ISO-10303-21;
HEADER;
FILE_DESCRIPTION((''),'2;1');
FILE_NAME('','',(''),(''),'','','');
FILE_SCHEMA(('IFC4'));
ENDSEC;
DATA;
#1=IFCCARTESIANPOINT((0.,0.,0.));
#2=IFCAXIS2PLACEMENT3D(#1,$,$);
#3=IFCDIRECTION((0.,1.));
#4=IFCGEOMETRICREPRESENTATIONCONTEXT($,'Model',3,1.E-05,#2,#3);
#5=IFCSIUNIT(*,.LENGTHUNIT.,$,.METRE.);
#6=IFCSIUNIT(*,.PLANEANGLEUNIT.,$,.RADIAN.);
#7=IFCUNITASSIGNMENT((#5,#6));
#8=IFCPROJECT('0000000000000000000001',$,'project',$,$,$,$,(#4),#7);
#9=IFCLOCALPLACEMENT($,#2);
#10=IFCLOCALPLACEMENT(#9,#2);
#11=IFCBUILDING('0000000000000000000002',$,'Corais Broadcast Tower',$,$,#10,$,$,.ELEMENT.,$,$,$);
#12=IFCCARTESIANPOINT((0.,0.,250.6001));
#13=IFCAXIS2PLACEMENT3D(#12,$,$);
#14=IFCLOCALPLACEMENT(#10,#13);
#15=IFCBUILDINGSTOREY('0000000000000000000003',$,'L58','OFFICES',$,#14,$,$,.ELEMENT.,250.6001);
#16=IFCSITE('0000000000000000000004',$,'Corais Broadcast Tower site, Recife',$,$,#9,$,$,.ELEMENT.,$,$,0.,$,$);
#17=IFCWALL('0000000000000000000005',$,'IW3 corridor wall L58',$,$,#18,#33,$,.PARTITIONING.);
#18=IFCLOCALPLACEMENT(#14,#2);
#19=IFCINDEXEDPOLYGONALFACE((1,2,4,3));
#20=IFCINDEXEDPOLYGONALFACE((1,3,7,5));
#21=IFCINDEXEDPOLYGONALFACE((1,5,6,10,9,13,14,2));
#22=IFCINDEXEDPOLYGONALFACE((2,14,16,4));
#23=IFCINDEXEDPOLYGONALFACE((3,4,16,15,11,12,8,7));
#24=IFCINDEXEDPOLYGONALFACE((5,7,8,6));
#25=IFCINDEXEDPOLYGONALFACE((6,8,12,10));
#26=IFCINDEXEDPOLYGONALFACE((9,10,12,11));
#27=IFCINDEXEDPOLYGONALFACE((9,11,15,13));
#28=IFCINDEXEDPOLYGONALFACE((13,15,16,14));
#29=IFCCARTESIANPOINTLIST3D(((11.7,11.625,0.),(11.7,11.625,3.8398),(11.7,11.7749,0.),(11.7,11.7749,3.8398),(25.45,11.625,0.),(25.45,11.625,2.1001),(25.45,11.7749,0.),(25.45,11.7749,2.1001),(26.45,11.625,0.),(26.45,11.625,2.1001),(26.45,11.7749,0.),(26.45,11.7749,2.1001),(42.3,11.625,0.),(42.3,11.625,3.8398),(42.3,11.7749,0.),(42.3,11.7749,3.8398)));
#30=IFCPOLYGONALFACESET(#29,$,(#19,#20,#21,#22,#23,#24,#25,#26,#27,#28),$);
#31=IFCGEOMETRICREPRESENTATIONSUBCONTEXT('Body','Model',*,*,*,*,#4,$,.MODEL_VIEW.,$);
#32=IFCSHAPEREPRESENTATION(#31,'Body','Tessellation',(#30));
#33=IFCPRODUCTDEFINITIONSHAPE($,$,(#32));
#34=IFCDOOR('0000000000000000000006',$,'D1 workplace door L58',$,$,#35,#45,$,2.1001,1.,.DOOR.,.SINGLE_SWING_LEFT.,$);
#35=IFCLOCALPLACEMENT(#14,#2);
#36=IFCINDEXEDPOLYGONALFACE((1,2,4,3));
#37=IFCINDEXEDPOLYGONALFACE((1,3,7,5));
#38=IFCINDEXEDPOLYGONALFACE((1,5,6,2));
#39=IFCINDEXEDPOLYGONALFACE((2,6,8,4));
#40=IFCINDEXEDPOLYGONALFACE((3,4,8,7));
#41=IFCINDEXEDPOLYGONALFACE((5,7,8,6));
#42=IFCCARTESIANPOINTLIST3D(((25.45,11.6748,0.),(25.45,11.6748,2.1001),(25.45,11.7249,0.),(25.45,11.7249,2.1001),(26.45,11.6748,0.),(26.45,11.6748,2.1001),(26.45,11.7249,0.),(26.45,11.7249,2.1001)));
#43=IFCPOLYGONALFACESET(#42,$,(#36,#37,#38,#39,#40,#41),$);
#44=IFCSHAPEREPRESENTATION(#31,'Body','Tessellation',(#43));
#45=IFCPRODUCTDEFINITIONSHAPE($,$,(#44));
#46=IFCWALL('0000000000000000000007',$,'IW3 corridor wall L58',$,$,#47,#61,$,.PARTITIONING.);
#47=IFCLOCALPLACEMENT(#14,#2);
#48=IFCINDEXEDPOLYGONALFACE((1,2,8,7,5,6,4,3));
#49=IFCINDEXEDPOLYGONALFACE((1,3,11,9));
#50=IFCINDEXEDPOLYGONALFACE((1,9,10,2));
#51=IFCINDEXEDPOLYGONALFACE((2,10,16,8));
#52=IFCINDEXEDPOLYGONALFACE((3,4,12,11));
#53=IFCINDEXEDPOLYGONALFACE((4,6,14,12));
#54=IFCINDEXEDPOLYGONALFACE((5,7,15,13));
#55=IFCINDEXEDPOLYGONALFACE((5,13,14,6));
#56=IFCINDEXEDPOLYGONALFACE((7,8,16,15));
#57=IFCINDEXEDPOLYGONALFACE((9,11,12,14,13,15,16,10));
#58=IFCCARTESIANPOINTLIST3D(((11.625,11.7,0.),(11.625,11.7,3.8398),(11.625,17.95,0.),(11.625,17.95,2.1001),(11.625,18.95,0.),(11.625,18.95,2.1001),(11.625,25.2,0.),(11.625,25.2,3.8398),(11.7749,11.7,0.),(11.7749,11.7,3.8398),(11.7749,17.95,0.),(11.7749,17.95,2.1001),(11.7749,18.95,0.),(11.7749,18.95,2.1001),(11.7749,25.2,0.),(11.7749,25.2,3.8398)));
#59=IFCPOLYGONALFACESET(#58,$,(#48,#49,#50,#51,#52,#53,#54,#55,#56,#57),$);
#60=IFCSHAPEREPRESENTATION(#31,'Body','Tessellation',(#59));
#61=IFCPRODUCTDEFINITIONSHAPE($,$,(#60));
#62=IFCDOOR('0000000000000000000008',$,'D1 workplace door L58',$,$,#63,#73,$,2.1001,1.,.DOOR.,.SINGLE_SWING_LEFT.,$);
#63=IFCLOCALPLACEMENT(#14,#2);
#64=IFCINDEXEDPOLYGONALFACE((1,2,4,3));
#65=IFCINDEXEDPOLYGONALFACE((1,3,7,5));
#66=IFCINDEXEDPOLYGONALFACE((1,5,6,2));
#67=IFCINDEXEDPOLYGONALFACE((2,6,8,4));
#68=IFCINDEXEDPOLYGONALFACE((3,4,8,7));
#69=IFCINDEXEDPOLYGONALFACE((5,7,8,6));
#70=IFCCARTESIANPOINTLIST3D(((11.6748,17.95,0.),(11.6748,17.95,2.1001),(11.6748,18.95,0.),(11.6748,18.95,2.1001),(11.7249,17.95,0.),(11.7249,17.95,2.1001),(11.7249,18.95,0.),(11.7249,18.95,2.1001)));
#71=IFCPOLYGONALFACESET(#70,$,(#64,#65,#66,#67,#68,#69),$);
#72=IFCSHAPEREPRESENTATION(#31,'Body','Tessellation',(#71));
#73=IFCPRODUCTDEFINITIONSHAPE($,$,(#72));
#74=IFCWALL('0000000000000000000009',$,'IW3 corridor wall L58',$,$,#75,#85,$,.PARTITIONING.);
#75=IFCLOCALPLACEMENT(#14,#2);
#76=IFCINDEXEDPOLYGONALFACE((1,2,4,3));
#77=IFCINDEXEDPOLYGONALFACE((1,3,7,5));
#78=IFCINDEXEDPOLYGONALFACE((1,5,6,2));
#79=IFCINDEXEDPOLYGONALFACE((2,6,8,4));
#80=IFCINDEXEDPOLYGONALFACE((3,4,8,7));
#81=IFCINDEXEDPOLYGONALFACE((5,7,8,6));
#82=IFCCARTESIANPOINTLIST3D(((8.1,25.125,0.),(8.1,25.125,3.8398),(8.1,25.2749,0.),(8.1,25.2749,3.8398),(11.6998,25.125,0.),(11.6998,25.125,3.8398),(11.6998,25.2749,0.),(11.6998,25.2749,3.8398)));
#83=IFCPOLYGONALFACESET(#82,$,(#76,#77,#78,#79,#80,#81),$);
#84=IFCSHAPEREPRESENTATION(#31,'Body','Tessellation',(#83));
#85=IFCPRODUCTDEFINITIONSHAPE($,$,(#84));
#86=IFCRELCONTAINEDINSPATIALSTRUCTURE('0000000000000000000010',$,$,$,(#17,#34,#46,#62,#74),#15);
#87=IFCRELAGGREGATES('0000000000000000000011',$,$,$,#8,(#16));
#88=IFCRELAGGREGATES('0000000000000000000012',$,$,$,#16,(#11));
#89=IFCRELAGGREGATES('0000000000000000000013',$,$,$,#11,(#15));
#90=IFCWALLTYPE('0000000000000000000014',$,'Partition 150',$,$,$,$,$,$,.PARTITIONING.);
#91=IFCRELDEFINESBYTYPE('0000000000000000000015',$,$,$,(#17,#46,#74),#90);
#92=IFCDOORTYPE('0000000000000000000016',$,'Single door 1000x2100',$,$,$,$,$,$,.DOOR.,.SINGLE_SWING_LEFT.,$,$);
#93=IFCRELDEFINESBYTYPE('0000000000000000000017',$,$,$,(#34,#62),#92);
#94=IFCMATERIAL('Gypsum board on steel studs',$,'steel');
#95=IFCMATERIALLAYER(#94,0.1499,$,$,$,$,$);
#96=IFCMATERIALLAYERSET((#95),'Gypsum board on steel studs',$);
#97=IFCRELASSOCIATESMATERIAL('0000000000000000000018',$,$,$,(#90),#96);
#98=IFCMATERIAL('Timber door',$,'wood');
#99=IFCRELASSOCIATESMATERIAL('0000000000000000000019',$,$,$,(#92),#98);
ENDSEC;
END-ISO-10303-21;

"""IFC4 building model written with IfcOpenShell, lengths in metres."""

from ifc_helpers import new_model, si_unit, direction, frame, frame_2d, origin, place, context, subcontext, project, spatial, rectangle, extrude, material, layer, layer_set, type_object, element, fill, save


model = new_model("IFC4")

# Units and contexts
model_context = context("Model", 3, precision=1e-05, world=origin(), true_north=direction((0.0, 1.0)))
body_context = subcontext(model_context, "Body", "Model", "MODEL_VIEW")
ifc_project = project(units=[si_unit("LENGTHUNIT", "METRE"), si_unit("PLANEANGLEUNIT", "RADIAN")], contexts=[model_context])

# Site, building, storey
site_placement = place(None, origin())
site = spatial("IfcSite", under=ifc_project, at=site_placement, Name="Corais Broadcast Tower site, Recife", CompositionType="ELEMENT", RefElevation=0.0)
building_placement = place(site_placement, origin())
building = spatial("IfcBuilding", under=site, at=building_placement, Name="Corais Broadcast Tower", CompositionType="ELEMENT")
storey_placement = place(building_placement, frame((0.0, 0.0, 250.6001)))
storey = spatial("IfcBuildingStorey", under=building, at=storey_placement, Name="L58", Description="OFFICES", CompositionType="ELEMENT", Elevation=250.6001)

# Walls, openings, doors
ifc_material_1 = material(Name="Gypsum board on steel studs", Category="steel")
ifc_layer_1 = layer(ifc_material_1, 0.1499)
ifc_layer_set_1 = layer_set([ifc_layer_1], Name="Gypsum board on steel studs")
wall_type = type_object("IfcWallType", Name="Partition 150", PredefinedType="PARTITIONING", material=ifc_layer_set_1)
wall_1_placement = place(storey_placement, frame((11.7, 11.7, 0.0), z_axis=(0.0, 0.0, 1.0), x_axis=(1.0, 0.0, 0.0)))
wall_1 = element("IfcWall", 1, at=wall_1_placement, inside=storey, type_object=wall_type, Name="IW3 corridor wall L58", PredefinedType="PARTITIONING", context=body_context, shape_type="SweptSolid", body=[
    extrude(rectangle(XDim=30.6001, YDim=0.1499, at=frame_2d((15.3, 0.0))), origin(), (0.0, 0.0, 1.0), 3.8398),
])
opening_1_placement = place(wall_1_placement, frame((13.75, 0.0, 0.0)))
opening_1 = element("IfcOpeningElement", 2, at=opening_1_placement, cuts=wall_1, PredefinedType="OPENING", context=body_context, shape_type="SweptSolid", body=[
    extrude(rectangle(XDim=1.0, YDim=2.1001, at=frame_2d((0.5, 1.05))), frame((0.0, 0.085, 0.0), z_axis=(0.0, -1.0, 0.0), x_axis=(1.0, 0.0, 0.0)), (0.0, 0.0, 1.0), 0.1699),
])
ifc_material_2 = material(Name="Timber door", Category="wood")
door_type = type_object("IfcDoorType", Name="Single door 1000x2100", OperationType="SINGLE_SWING_LEFT", PredefinedType="DOOR", material=ifc_material_2)
door_1_placement = place(opening_1_placement, origin())
door_1 = element("IfcDoor", 3, at=door_1_placement, inside=storey, type_object=door_type, Name="D1 workplace door L58", OperationType="SINGLE_SWING_LEFT", OverallHeight=2.1001, OverallWidth=1.0, PredefinedType="DOOR", context=body_context, shape_type="SweptSolid", body=[
    extrude(rectangle(XDim=1.0, YDim=2.1001, at=frame_2d((0.5, 1.05))), frame((0.0, 0.0249, 0.0), z_axis=(0.0, -1.0, 0.0), x_axis=(1.0, 0.0, 0.0)), (0.0, 0.0, 1.0), 0.05),
])
fill(opening_1, door_1)
wall_2_placement = place(storey_placement, frame((11.7, 25.2, 0.0), z_axis=(0.0, 0.0, 1.0), x_axis=(0.0, -1.0, 0.0)))
wall_2 = element("IfcWall", 4, at=wall_2_placement, inside=storey, type_object=wall_type, Name="IW3 corridor wall L58", PredefinedType="PARTITIONING", context=body_context, shape_type="SweptSolid", body=[
    extrude(rectangle(XDim=13.5, YDim=0.1499, at=frame_2d((6.75, 0.0))), origin(), (0.0, 0.0, 1.0), 3.8398),
])
opening_2_placement = place(wall_2_placement, frame((6.25, 0.0, 0.0)))
opening_2 = element("IfcOpeningElement", 5, at=opening_2_placement, cuts=wall_2, PredefinedType="OPENING", context=body_context, shape_type="SweptSolid", body=[
    extrude(rectangle(XDim=1.0, YDim=2.1001, at=frame_2d((0.5, 1.05))), frame((0.0, 0.085, 0.0), z_axis=(0.0, -1.0, 0.0), x_axis=(1.0, 0.0, 0.0)), (0.0, 0.0, 1.0), 0.1699),
])
door_2_placement = place(opening_2_placement, origin())
door_2 = element("IfcDoor", 6, at=door_2_placement, inside=storey, type_object=door_type, Name="D1 workplace door L58", OperationType="SINGLE_SWING_LEFT", OverallHeight=2.1001, OverallWidth=1.0, PredefinedType="DOOR", context=body_context, shape_type="SweptSolid", body=[
    extrude(rectangle(XDim=1.0, YDim=2.1001, at=frame_2d((0.5, 1.05))), frame((0.0, 0.0249, 0.0), z_axis=(0.0, -1.0, 0.0), x_axis=(1.0, 0.0, 0.0)), (0.0, 0.0, 1.0), 0.05),
])
fill(opening_2, door_2)

# Wall
wall_3_placement = place(storey_placement, frame((8.1001, 25.2, 0.0), z_axis=(0.0, 0.0, 1.0), x_axis=(1.0, 0.0, 0.0)))
element("IfcWall", 7, at=wall_3_placement, inside=storey, type_object=wall_type, Name="IW3 corridor wall L58", PredefinedType="PARTITIONING", context=body_context, shape_type="SweptSolid", body=[
    extrude(rectangle(XDim=3.5999, YDim=0.1499, at=frame_2d((1.7998, 0.0))), origin(), (0.0, 0.0, 1.0), 3.8398),
])

save(model, "model.ifc")
